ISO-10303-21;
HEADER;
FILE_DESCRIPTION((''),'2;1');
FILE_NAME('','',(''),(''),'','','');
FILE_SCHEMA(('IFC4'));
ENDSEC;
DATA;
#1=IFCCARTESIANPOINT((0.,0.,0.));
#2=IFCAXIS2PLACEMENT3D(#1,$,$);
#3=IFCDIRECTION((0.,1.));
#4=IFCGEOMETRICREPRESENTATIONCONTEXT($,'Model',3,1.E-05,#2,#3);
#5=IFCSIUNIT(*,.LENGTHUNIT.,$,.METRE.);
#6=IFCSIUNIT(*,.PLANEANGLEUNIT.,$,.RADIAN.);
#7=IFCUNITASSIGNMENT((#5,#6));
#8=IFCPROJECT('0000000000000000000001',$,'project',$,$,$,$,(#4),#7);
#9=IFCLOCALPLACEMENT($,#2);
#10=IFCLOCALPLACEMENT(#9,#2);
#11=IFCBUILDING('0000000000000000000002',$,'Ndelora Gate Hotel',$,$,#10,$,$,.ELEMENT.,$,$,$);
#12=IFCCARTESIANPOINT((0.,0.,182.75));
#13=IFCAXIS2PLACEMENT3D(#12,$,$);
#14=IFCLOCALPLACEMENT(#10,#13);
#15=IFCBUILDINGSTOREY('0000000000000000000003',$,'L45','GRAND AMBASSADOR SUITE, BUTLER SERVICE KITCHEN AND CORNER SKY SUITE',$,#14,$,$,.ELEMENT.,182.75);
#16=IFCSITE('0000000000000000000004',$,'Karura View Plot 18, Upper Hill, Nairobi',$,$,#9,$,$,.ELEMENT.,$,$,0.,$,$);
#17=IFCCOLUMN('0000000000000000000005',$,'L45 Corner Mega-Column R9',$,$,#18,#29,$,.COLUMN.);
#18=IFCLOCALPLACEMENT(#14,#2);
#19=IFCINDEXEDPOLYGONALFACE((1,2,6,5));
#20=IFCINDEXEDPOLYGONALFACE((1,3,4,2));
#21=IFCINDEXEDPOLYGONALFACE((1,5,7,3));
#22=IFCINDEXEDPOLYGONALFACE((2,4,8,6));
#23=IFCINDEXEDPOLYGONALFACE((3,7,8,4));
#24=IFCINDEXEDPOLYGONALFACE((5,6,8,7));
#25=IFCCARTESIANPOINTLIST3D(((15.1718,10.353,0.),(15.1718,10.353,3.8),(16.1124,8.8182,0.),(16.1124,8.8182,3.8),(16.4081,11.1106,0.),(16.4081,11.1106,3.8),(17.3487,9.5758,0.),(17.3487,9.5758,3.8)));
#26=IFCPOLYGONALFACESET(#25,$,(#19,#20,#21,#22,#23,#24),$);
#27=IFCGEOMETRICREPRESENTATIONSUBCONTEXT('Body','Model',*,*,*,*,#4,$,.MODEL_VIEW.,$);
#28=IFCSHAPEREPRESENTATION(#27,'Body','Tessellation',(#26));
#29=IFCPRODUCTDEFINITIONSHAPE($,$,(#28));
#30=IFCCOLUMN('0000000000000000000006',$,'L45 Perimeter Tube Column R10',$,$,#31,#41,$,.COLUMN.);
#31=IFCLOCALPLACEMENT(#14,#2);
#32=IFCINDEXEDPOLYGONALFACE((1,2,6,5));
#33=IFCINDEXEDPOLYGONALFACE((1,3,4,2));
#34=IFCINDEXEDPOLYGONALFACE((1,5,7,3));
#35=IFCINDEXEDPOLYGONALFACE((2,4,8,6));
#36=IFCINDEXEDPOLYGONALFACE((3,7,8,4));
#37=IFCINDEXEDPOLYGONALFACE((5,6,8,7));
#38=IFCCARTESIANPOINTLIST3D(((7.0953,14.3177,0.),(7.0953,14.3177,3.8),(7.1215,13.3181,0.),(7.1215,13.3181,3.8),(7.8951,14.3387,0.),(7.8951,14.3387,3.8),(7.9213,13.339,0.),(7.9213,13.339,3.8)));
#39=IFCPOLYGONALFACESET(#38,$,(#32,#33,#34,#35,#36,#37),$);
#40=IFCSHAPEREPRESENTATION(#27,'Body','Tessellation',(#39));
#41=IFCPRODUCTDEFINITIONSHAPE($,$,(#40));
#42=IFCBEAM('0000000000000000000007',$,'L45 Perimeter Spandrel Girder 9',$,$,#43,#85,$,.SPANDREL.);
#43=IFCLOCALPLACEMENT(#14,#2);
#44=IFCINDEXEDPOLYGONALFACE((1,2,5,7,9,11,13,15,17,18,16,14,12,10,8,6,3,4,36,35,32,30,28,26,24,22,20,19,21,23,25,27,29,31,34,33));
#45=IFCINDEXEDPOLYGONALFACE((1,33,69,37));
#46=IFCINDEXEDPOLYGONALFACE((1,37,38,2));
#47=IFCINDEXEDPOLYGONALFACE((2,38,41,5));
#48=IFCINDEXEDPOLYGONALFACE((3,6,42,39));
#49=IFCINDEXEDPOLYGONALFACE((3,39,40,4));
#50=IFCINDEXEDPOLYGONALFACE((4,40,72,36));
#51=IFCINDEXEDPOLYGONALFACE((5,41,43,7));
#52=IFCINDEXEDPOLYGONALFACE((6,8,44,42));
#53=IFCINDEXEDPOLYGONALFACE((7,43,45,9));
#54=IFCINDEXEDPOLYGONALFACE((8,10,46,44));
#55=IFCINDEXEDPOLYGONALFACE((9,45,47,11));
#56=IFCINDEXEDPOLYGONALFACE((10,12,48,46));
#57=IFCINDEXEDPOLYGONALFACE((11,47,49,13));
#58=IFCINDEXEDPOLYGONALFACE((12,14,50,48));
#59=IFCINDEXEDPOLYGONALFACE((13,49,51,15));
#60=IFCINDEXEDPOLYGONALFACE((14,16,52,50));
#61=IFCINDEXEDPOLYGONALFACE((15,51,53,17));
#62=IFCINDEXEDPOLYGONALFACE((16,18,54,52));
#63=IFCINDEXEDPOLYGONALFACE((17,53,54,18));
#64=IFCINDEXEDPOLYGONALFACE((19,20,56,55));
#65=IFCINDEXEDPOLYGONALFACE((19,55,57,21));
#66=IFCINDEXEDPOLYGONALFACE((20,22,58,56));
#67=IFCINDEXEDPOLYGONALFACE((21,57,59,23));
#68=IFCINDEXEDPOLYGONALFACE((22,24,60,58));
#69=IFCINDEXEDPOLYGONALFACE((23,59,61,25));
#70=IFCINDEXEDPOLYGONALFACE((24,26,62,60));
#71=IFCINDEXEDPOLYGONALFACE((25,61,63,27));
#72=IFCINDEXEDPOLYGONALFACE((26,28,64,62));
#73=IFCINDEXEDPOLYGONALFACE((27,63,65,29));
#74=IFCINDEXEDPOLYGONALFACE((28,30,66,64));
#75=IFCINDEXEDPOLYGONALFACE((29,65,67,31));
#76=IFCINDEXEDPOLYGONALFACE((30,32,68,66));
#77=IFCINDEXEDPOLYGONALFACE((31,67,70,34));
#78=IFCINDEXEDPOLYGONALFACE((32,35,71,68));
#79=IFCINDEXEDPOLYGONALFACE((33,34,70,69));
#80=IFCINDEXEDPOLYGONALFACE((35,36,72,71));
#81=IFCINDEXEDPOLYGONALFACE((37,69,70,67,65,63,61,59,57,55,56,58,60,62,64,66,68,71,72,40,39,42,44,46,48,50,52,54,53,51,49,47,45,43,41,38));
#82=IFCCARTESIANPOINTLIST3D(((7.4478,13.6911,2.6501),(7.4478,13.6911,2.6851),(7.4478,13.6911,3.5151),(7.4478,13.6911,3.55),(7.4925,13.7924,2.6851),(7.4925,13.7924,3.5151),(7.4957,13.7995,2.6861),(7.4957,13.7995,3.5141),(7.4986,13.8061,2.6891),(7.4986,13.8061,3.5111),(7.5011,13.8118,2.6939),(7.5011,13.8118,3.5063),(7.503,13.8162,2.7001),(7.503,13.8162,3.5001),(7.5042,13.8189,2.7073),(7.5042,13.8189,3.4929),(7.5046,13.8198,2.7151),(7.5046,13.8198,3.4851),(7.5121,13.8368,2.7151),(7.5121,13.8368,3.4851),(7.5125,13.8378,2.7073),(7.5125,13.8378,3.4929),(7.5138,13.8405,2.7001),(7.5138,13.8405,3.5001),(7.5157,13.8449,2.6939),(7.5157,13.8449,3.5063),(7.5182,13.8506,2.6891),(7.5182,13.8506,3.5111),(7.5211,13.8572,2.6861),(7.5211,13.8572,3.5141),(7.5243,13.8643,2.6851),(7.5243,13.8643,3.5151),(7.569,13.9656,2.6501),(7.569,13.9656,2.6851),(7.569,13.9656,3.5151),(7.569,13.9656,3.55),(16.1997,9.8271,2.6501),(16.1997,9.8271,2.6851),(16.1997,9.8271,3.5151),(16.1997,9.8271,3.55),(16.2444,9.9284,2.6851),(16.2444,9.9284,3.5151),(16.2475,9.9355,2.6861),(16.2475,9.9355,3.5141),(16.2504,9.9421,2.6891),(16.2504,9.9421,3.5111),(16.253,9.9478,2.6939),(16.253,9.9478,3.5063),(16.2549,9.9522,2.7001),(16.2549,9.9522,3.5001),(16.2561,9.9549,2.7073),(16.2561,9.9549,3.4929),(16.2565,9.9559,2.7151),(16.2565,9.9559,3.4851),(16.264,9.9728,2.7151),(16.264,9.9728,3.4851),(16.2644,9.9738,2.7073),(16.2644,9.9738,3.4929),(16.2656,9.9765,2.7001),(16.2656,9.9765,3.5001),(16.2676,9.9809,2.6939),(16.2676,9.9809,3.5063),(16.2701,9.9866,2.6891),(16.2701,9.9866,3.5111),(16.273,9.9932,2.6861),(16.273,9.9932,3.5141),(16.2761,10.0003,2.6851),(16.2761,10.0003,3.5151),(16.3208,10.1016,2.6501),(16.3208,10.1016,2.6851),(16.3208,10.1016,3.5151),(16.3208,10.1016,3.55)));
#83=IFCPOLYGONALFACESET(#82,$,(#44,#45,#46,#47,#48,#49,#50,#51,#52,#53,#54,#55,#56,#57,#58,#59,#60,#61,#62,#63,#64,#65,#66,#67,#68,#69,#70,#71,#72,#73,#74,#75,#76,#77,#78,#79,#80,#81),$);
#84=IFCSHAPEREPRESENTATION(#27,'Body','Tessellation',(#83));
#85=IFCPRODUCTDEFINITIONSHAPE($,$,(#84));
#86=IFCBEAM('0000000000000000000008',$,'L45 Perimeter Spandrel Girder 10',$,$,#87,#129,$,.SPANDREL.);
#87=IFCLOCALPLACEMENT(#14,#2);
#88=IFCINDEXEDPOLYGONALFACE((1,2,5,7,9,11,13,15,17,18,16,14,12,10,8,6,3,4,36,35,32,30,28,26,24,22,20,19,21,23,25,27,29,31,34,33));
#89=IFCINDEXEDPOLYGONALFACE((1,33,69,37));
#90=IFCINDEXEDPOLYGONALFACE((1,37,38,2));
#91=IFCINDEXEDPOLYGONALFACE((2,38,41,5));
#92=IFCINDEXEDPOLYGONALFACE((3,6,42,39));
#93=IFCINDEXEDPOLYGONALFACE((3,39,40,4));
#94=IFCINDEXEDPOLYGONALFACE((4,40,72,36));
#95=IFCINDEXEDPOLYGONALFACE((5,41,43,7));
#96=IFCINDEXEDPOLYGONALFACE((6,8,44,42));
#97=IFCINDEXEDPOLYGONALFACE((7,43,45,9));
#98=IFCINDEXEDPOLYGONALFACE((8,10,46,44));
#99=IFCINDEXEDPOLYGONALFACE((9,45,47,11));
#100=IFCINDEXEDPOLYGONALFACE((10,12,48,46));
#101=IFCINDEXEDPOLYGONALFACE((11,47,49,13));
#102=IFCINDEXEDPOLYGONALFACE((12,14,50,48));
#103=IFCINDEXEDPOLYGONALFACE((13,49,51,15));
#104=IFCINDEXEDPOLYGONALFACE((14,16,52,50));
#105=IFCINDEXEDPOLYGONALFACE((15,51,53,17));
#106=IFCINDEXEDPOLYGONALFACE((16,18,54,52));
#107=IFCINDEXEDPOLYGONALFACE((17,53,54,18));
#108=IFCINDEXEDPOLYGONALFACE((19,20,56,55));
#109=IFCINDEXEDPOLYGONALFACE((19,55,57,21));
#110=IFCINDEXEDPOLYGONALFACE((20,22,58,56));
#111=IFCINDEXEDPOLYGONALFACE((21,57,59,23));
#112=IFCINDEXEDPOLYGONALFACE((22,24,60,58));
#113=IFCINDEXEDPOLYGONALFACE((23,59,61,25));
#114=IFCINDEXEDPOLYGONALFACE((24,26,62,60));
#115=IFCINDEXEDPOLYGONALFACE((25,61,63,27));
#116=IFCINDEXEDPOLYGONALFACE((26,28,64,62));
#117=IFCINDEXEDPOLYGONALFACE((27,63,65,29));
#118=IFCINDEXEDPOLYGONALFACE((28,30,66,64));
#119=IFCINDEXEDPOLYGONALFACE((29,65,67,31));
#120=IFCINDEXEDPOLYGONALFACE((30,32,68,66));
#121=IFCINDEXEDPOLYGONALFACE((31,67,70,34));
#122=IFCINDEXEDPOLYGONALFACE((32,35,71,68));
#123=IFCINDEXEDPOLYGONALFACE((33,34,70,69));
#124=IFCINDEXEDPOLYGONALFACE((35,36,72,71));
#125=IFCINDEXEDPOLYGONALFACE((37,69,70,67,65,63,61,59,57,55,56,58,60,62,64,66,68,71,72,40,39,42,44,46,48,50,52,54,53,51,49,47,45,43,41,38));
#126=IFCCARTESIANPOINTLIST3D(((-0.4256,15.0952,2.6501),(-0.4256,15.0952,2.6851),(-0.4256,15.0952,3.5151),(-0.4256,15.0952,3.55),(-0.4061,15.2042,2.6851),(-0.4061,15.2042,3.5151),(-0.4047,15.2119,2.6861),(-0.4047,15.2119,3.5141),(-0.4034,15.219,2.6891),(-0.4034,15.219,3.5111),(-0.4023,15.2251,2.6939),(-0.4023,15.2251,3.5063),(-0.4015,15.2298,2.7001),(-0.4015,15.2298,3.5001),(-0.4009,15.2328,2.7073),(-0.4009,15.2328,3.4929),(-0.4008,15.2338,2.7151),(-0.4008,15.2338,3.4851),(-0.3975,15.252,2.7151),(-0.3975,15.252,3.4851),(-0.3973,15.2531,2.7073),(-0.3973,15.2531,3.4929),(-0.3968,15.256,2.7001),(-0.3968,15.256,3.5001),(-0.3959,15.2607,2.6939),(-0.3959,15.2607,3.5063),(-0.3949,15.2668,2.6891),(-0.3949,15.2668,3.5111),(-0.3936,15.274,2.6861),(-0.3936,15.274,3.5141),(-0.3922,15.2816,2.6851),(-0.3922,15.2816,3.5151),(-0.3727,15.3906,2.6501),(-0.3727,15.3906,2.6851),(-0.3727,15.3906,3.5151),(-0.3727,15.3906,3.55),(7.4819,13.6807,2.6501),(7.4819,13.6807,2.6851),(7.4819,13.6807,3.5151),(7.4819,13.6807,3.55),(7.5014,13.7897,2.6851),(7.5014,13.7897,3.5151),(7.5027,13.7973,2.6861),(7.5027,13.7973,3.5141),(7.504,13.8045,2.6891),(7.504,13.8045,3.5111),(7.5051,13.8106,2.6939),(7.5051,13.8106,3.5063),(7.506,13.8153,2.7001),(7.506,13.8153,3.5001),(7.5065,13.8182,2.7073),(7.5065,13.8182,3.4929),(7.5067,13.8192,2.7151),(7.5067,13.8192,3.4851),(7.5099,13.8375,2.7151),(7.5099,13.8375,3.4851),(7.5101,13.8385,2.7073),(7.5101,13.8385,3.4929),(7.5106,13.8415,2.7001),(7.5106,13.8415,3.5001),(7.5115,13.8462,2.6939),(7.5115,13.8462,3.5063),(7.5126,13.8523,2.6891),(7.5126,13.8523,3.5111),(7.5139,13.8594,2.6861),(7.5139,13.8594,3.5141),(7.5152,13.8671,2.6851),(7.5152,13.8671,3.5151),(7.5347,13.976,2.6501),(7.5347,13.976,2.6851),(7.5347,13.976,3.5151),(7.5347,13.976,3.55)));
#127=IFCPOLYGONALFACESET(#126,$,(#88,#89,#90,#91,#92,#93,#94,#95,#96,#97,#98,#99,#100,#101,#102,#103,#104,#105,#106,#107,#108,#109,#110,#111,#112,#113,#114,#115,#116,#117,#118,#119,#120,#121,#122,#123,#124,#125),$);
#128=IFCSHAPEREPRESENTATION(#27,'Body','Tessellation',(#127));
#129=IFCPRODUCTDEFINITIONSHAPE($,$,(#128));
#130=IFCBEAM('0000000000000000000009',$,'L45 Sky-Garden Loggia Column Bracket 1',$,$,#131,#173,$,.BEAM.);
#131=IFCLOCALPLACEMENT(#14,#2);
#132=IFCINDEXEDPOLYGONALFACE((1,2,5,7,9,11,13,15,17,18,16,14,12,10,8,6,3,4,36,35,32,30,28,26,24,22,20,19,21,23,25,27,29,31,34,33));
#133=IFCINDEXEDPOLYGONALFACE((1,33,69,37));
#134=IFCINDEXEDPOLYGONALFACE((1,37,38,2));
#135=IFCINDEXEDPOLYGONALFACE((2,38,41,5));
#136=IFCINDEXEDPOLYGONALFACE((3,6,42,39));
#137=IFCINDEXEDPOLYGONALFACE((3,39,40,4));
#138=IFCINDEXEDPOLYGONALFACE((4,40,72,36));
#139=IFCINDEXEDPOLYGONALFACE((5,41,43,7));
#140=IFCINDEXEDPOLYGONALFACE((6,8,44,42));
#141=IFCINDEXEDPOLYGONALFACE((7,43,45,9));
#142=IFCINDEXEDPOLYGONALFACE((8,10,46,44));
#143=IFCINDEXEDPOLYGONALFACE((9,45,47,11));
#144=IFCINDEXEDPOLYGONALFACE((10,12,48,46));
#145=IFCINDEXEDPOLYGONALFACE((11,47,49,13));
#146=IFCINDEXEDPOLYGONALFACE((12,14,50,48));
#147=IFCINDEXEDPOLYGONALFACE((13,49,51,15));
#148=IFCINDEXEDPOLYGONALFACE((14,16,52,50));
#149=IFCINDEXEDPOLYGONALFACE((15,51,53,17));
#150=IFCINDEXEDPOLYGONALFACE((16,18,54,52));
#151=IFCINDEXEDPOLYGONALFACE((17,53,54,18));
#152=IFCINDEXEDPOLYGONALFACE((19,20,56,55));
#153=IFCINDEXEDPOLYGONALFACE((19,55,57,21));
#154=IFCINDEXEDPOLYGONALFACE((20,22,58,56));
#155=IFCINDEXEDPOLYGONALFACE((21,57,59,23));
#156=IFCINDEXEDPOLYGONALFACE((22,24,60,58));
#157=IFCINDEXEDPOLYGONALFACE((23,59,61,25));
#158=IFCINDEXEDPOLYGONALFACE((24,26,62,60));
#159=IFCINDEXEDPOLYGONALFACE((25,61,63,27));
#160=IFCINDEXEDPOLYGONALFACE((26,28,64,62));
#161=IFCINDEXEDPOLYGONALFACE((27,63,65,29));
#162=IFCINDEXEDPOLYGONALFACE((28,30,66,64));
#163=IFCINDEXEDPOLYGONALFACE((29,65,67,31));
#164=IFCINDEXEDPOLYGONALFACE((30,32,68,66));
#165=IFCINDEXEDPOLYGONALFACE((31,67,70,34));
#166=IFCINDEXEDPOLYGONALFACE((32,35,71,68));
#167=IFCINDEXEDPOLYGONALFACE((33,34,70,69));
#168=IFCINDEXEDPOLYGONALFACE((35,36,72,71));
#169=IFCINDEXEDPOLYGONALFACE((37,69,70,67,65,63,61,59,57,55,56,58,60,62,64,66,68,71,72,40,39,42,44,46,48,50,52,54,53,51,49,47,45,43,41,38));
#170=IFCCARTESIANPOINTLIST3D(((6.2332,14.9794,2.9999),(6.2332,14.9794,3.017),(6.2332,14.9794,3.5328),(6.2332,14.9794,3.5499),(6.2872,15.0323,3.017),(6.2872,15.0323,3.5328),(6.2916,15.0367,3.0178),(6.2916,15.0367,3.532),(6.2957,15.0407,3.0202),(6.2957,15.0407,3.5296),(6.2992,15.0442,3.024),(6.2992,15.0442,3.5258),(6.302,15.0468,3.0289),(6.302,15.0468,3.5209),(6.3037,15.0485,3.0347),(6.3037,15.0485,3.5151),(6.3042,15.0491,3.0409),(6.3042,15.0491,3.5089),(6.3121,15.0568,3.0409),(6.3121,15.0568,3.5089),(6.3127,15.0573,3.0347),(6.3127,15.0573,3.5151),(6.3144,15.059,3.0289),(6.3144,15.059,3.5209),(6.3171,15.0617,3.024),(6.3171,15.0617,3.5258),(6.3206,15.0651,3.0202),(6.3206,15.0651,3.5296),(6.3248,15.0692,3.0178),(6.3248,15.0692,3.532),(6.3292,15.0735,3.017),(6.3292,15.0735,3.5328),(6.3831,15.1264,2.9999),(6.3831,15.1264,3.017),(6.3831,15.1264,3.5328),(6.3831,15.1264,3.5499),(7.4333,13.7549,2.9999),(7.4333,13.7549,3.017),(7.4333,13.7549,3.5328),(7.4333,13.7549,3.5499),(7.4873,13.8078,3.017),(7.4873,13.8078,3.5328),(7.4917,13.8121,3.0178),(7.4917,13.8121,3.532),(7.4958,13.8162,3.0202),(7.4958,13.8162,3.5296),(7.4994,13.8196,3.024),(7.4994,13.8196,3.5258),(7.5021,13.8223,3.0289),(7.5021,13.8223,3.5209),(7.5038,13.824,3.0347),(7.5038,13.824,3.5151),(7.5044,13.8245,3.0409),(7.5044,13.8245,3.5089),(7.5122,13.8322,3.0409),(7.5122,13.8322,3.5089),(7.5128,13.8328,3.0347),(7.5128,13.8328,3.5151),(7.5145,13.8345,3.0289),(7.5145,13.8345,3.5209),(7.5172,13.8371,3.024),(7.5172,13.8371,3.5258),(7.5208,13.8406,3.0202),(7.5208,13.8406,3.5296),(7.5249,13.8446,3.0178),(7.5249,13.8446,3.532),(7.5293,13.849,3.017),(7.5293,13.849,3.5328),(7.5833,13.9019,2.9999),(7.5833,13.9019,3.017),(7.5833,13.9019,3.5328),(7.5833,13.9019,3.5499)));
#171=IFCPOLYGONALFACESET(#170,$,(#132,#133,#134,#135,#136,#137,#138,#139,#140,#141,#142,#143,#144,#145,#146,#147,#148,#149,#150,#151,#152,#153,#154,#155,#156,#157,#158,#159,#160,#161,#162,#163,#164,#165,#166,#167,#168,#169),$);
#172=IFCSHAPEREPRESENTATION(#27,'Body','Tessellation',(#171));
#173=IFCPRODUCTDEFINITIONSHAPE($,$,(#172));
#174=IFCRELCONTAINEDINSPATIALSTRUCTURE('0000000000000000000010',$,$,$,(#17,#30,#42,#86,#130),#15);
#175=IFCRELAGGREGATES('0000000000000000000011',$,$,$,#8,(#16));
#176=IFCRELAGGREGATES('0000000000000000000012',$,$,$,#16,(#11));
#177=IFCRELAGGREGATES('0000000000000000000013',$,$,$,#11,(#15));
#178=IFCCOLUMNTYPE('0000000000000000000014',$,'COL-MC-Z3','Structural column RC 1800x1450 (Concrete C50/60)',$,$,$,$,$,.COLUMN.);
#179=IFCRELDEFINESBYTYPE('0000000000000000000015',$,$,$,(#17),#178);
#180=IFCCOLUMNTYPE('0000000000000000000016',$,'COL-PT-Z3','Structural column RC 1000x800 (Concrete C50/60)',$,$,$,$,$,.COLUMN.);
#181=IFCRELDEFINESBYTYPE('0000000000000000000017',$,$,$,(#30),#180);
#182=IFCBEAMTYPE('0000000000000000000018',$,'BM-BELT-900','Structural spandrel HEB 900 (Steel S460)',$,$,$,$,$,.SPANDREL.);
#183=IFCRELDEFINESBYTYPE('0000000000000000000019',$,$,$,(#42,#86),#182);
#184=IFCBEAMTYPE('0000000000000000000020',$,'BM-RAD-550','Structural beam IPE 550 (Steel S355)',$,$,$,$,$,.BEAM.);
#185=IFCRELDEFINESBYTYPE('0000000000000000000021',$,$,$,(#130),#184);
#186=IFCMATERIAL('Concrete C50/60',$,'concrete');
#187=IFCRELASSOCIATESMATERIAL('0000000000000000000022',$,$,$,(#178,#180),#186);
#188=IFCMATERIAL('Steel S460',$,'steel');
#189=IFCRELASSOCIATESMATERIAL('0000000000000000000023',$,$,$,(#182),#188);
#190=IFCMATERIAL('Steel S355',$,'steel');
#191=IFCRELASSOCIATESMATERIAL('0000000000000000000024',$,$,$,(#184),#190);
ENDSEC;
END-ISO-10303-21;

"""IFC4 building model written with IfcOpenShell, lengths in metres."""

from ifc_helpers import new_model, si_unit, direction, frame, origin, origin_2d, place, context, subcontext, project, spatial, rectangle, i_section, extrude, material, material_profile, profile_set, type_object, element, save


model = new_model("IFC4")

# Units and contexts
model_context = context("Model", 3, precision=1e-05, world=origin(), true_north=direction((0.0, 1.0)))
body_context = subcontext(model_context, "Body", "Model", "MODEL_VIEW")
ifc_project = project(units=[si_unit("LENGTHUNIT", "METRE"), si_unit("PLANEANGLEUNIT", "RADIAN")], contexts=[model_context])

# Site, building, storey
site_placement = place(None, origin())
site = spatial("IfcSite", under=ifc_project, at=site_placement, Name="Karura View Plot 18, Upper Hill, Nairobi", CompositionType="ELEMENT", RefElevation=0.0)
building_placement = place(site_placement, origin())
building = spatial("IfcBuilding", under=site, at=building_placement, Name="Ndelora Gate Hotel", CompositionType="ELEMENT")
storey_placement = place(building_placement, frame((0.0, 0.0, 182.75)))
storey = spatial("IfcBuildingStorey", under=building, at=storey_placement, Name="L45", Description="GRAND AMBASSADOR SUITE, BUTLER SERVICE KITCHEN AND CORNER SKY SUITE", CompositionType="ELEMENT", Elevation=182.75)

# Columns
ifc_material_1 = material(Name="Concrete C50/60", Category="concrete")
ifc_material_profile_1 = material_profile(ifc_material_1, rectangle(XDim=1.45, YDim=1.8, at=origin_2d()), Name="RC 1800x1450")
ifc_profile_set_1 = profile_set([ifc_material_profile_1], Name="Concrete C50/60")
column_type_1 = type_object("IfcColumnType", Name="COL-MC-Z3", Description="Structural column RC 1800x1450 (Concrete C50/60)", PredefinedType="COLUMN", material=ifc_profile_set_1)
column_1_placement = place(storey_placement, frame((16.2603, 9.9644, 0.0), z_axis=(0.0, 0.0, 1.0), x_axis=(0.85264, 0.522499, 0.0)))
element("IfcColumn", 1, at=column_1_placement, inside=storey, type_object=column_type_1, Name="L45 Corner Mega-Column R9", PredefinedType="COLUMN", context=body_context, shape_type="SweptSolid", body=[
    extrude(rectangle(XDim=1.45, YDim=1.8, at=origin_2d()), origin(), (0.0, 0.0, 1.0), 3.8),
])
ifc_material_profile_2 = material_profile(ifc_material_1, rectangle(XDim=0.8, YDim=1.0, at=origin_2d()), Name="RC 1000x800")
ifc_profile_set_2 = profile_set([ifc_material_profile_2], Name="Concrete C50/60")
column_type_2 = type_object("IfcColumnType", Name="COL-PT-Z3", Description="Structural column RC 1000x800 (Concrete C50/60)", PredefinedType="COLUMN", material=ifc_profile_set_2)
column_2_placement = place(storey_placement, frame((7.5083, 13.8284, 0.0), z_axis=(0.0, 0.0, 1.0), x_axis=(0.999657, 0.026177, 0.0)))
element("IfcColumn", 2, at=column_2_placement, inside=storey, type_object=column_type_2, Name="L45 Perimeter Tube Column R10", PredefinedType="COLUMN", context=body_context, shape_type="SweptSolid", body=[
    extrude(rectangle(XDim=0.8, YDim=1.0, at=origin_2d()), origin(), (0.0, 0.0, 1.0), 3.8),
])

# Beams
ifc_material_2 = material(Name="Steel S460", Category="steel")
ifc_material_profile_3 = material_profile(ifc_material_2, i_section(OverallWidth=0.3, OverallDepth=0.8999, WebThickness=0.0186, FlangeThickness=0.0349, FilletRadius=0.03, at=origin_2d()), Name="HEB 900")
ifc_profile_set_3 = profile_set([ifc_material_profile_3], Name="Steel S460")
beam_type_1 = type_object("IfcBeamType", Name="BM-BELT-900", Description="Structural spandrel HEB 900 (Steel S460)", PredefinedType="SPANDREL", material=ifc_profile_set_3)
beam_1_placement = place(storey_placement, frame((16.2603, 9.9644, 3.1001), z_axis=(-0.914807, 0.40389, 0.0), x_axis=(-0.40389, -0.914807, 0.0)))
element("IfcBeam", 3, at=beam_1_placement, inside=storey, type_object=beam_type_1, Name="L45 Perimeter Spandrel Girder 9", PredefinedType="SPANDREL", context=body_context, shape_type="SweptSolid", body=[
    extrude(i_section(OverallWidth=0.3, OverallDepth=0.8999, WebThickness=0.0186, FlangeThickness=0.0349, FilletRadius=0.03, at=origin_2d()), origin(), (0.0, 0.0, 1.0), 9.5669),
])
beam_2_placement = place(storey_placement, frame((7.5083, 13.8284, 3.1001), z_axis=(-0.984374, 0.176093, 0.0), x_axis=(-0.176093, -0.984374, 0.0)))
element("IfcBeam", 4, at=beam_2_placement, inside=storey, type_object=beam_type_1, Name="L45 Perimeter Spandrel Girder 10", PredefinedType="SPANDREL", context=body_context, shape_type="SweptSolid", body=[
    extrude(i_section(OverallWidth=0.3, OverallDepth=0.8999, WebThickness=0.0186, FlangeThickness=0.0349, FilletRadius=0.03, at=origin_2d()), origin(), (0.0, 0.0, 1.0), 8.033),
])
ifc_material_3 = material(Name="Steel S355", Category="steel")
ifc_material_profile_4 = material_profile(ifc_material_3, i_section(OverallWidth=0.21, OverallDepth=0.55, WebThickness=0.011, FlangeThickness=0.0171, FilletRadius=0.0239, at=origin_2d()), Name="IPE 550")
ifc_profile_set_4 = profile_set([ifc_material_profile_4], Name="Steel S355")
beam_type_2 = type_object("IfcBeamType", Name="BM-RAD-550", Description="Structural beam IPE 550 (Steel S355)", PredefinedType="BEAM", material=ifc_profile_set_4)
beam_3_placement = place(storey_placement, frame((7.5083, 13.8284, 3.2749), z_axis=(-0.699952, 0.71419, 0.0), x_axis=(-0.71419, -0.699952, 0.0)))
element("IfcBeam", 5, at=beam_3_placement, inside=storey, type_object=beam_type_2, Name="L45 Sky-Garden Loggia Column Bracket 1", PredefinedType="BEAM", context=body_context, shape_type="SweptSolid", body=[
    extrude(i_section(OverallWidth=0.21, OverallDepth=0.55, WebThickness=0.011, FlangeThickness=0.0171, FilletRadius=0.0239, at=origin_2d()), origin(), (0.0, 0.0, 1.0), 1.7146),
])

save(model, "model.ifc")
